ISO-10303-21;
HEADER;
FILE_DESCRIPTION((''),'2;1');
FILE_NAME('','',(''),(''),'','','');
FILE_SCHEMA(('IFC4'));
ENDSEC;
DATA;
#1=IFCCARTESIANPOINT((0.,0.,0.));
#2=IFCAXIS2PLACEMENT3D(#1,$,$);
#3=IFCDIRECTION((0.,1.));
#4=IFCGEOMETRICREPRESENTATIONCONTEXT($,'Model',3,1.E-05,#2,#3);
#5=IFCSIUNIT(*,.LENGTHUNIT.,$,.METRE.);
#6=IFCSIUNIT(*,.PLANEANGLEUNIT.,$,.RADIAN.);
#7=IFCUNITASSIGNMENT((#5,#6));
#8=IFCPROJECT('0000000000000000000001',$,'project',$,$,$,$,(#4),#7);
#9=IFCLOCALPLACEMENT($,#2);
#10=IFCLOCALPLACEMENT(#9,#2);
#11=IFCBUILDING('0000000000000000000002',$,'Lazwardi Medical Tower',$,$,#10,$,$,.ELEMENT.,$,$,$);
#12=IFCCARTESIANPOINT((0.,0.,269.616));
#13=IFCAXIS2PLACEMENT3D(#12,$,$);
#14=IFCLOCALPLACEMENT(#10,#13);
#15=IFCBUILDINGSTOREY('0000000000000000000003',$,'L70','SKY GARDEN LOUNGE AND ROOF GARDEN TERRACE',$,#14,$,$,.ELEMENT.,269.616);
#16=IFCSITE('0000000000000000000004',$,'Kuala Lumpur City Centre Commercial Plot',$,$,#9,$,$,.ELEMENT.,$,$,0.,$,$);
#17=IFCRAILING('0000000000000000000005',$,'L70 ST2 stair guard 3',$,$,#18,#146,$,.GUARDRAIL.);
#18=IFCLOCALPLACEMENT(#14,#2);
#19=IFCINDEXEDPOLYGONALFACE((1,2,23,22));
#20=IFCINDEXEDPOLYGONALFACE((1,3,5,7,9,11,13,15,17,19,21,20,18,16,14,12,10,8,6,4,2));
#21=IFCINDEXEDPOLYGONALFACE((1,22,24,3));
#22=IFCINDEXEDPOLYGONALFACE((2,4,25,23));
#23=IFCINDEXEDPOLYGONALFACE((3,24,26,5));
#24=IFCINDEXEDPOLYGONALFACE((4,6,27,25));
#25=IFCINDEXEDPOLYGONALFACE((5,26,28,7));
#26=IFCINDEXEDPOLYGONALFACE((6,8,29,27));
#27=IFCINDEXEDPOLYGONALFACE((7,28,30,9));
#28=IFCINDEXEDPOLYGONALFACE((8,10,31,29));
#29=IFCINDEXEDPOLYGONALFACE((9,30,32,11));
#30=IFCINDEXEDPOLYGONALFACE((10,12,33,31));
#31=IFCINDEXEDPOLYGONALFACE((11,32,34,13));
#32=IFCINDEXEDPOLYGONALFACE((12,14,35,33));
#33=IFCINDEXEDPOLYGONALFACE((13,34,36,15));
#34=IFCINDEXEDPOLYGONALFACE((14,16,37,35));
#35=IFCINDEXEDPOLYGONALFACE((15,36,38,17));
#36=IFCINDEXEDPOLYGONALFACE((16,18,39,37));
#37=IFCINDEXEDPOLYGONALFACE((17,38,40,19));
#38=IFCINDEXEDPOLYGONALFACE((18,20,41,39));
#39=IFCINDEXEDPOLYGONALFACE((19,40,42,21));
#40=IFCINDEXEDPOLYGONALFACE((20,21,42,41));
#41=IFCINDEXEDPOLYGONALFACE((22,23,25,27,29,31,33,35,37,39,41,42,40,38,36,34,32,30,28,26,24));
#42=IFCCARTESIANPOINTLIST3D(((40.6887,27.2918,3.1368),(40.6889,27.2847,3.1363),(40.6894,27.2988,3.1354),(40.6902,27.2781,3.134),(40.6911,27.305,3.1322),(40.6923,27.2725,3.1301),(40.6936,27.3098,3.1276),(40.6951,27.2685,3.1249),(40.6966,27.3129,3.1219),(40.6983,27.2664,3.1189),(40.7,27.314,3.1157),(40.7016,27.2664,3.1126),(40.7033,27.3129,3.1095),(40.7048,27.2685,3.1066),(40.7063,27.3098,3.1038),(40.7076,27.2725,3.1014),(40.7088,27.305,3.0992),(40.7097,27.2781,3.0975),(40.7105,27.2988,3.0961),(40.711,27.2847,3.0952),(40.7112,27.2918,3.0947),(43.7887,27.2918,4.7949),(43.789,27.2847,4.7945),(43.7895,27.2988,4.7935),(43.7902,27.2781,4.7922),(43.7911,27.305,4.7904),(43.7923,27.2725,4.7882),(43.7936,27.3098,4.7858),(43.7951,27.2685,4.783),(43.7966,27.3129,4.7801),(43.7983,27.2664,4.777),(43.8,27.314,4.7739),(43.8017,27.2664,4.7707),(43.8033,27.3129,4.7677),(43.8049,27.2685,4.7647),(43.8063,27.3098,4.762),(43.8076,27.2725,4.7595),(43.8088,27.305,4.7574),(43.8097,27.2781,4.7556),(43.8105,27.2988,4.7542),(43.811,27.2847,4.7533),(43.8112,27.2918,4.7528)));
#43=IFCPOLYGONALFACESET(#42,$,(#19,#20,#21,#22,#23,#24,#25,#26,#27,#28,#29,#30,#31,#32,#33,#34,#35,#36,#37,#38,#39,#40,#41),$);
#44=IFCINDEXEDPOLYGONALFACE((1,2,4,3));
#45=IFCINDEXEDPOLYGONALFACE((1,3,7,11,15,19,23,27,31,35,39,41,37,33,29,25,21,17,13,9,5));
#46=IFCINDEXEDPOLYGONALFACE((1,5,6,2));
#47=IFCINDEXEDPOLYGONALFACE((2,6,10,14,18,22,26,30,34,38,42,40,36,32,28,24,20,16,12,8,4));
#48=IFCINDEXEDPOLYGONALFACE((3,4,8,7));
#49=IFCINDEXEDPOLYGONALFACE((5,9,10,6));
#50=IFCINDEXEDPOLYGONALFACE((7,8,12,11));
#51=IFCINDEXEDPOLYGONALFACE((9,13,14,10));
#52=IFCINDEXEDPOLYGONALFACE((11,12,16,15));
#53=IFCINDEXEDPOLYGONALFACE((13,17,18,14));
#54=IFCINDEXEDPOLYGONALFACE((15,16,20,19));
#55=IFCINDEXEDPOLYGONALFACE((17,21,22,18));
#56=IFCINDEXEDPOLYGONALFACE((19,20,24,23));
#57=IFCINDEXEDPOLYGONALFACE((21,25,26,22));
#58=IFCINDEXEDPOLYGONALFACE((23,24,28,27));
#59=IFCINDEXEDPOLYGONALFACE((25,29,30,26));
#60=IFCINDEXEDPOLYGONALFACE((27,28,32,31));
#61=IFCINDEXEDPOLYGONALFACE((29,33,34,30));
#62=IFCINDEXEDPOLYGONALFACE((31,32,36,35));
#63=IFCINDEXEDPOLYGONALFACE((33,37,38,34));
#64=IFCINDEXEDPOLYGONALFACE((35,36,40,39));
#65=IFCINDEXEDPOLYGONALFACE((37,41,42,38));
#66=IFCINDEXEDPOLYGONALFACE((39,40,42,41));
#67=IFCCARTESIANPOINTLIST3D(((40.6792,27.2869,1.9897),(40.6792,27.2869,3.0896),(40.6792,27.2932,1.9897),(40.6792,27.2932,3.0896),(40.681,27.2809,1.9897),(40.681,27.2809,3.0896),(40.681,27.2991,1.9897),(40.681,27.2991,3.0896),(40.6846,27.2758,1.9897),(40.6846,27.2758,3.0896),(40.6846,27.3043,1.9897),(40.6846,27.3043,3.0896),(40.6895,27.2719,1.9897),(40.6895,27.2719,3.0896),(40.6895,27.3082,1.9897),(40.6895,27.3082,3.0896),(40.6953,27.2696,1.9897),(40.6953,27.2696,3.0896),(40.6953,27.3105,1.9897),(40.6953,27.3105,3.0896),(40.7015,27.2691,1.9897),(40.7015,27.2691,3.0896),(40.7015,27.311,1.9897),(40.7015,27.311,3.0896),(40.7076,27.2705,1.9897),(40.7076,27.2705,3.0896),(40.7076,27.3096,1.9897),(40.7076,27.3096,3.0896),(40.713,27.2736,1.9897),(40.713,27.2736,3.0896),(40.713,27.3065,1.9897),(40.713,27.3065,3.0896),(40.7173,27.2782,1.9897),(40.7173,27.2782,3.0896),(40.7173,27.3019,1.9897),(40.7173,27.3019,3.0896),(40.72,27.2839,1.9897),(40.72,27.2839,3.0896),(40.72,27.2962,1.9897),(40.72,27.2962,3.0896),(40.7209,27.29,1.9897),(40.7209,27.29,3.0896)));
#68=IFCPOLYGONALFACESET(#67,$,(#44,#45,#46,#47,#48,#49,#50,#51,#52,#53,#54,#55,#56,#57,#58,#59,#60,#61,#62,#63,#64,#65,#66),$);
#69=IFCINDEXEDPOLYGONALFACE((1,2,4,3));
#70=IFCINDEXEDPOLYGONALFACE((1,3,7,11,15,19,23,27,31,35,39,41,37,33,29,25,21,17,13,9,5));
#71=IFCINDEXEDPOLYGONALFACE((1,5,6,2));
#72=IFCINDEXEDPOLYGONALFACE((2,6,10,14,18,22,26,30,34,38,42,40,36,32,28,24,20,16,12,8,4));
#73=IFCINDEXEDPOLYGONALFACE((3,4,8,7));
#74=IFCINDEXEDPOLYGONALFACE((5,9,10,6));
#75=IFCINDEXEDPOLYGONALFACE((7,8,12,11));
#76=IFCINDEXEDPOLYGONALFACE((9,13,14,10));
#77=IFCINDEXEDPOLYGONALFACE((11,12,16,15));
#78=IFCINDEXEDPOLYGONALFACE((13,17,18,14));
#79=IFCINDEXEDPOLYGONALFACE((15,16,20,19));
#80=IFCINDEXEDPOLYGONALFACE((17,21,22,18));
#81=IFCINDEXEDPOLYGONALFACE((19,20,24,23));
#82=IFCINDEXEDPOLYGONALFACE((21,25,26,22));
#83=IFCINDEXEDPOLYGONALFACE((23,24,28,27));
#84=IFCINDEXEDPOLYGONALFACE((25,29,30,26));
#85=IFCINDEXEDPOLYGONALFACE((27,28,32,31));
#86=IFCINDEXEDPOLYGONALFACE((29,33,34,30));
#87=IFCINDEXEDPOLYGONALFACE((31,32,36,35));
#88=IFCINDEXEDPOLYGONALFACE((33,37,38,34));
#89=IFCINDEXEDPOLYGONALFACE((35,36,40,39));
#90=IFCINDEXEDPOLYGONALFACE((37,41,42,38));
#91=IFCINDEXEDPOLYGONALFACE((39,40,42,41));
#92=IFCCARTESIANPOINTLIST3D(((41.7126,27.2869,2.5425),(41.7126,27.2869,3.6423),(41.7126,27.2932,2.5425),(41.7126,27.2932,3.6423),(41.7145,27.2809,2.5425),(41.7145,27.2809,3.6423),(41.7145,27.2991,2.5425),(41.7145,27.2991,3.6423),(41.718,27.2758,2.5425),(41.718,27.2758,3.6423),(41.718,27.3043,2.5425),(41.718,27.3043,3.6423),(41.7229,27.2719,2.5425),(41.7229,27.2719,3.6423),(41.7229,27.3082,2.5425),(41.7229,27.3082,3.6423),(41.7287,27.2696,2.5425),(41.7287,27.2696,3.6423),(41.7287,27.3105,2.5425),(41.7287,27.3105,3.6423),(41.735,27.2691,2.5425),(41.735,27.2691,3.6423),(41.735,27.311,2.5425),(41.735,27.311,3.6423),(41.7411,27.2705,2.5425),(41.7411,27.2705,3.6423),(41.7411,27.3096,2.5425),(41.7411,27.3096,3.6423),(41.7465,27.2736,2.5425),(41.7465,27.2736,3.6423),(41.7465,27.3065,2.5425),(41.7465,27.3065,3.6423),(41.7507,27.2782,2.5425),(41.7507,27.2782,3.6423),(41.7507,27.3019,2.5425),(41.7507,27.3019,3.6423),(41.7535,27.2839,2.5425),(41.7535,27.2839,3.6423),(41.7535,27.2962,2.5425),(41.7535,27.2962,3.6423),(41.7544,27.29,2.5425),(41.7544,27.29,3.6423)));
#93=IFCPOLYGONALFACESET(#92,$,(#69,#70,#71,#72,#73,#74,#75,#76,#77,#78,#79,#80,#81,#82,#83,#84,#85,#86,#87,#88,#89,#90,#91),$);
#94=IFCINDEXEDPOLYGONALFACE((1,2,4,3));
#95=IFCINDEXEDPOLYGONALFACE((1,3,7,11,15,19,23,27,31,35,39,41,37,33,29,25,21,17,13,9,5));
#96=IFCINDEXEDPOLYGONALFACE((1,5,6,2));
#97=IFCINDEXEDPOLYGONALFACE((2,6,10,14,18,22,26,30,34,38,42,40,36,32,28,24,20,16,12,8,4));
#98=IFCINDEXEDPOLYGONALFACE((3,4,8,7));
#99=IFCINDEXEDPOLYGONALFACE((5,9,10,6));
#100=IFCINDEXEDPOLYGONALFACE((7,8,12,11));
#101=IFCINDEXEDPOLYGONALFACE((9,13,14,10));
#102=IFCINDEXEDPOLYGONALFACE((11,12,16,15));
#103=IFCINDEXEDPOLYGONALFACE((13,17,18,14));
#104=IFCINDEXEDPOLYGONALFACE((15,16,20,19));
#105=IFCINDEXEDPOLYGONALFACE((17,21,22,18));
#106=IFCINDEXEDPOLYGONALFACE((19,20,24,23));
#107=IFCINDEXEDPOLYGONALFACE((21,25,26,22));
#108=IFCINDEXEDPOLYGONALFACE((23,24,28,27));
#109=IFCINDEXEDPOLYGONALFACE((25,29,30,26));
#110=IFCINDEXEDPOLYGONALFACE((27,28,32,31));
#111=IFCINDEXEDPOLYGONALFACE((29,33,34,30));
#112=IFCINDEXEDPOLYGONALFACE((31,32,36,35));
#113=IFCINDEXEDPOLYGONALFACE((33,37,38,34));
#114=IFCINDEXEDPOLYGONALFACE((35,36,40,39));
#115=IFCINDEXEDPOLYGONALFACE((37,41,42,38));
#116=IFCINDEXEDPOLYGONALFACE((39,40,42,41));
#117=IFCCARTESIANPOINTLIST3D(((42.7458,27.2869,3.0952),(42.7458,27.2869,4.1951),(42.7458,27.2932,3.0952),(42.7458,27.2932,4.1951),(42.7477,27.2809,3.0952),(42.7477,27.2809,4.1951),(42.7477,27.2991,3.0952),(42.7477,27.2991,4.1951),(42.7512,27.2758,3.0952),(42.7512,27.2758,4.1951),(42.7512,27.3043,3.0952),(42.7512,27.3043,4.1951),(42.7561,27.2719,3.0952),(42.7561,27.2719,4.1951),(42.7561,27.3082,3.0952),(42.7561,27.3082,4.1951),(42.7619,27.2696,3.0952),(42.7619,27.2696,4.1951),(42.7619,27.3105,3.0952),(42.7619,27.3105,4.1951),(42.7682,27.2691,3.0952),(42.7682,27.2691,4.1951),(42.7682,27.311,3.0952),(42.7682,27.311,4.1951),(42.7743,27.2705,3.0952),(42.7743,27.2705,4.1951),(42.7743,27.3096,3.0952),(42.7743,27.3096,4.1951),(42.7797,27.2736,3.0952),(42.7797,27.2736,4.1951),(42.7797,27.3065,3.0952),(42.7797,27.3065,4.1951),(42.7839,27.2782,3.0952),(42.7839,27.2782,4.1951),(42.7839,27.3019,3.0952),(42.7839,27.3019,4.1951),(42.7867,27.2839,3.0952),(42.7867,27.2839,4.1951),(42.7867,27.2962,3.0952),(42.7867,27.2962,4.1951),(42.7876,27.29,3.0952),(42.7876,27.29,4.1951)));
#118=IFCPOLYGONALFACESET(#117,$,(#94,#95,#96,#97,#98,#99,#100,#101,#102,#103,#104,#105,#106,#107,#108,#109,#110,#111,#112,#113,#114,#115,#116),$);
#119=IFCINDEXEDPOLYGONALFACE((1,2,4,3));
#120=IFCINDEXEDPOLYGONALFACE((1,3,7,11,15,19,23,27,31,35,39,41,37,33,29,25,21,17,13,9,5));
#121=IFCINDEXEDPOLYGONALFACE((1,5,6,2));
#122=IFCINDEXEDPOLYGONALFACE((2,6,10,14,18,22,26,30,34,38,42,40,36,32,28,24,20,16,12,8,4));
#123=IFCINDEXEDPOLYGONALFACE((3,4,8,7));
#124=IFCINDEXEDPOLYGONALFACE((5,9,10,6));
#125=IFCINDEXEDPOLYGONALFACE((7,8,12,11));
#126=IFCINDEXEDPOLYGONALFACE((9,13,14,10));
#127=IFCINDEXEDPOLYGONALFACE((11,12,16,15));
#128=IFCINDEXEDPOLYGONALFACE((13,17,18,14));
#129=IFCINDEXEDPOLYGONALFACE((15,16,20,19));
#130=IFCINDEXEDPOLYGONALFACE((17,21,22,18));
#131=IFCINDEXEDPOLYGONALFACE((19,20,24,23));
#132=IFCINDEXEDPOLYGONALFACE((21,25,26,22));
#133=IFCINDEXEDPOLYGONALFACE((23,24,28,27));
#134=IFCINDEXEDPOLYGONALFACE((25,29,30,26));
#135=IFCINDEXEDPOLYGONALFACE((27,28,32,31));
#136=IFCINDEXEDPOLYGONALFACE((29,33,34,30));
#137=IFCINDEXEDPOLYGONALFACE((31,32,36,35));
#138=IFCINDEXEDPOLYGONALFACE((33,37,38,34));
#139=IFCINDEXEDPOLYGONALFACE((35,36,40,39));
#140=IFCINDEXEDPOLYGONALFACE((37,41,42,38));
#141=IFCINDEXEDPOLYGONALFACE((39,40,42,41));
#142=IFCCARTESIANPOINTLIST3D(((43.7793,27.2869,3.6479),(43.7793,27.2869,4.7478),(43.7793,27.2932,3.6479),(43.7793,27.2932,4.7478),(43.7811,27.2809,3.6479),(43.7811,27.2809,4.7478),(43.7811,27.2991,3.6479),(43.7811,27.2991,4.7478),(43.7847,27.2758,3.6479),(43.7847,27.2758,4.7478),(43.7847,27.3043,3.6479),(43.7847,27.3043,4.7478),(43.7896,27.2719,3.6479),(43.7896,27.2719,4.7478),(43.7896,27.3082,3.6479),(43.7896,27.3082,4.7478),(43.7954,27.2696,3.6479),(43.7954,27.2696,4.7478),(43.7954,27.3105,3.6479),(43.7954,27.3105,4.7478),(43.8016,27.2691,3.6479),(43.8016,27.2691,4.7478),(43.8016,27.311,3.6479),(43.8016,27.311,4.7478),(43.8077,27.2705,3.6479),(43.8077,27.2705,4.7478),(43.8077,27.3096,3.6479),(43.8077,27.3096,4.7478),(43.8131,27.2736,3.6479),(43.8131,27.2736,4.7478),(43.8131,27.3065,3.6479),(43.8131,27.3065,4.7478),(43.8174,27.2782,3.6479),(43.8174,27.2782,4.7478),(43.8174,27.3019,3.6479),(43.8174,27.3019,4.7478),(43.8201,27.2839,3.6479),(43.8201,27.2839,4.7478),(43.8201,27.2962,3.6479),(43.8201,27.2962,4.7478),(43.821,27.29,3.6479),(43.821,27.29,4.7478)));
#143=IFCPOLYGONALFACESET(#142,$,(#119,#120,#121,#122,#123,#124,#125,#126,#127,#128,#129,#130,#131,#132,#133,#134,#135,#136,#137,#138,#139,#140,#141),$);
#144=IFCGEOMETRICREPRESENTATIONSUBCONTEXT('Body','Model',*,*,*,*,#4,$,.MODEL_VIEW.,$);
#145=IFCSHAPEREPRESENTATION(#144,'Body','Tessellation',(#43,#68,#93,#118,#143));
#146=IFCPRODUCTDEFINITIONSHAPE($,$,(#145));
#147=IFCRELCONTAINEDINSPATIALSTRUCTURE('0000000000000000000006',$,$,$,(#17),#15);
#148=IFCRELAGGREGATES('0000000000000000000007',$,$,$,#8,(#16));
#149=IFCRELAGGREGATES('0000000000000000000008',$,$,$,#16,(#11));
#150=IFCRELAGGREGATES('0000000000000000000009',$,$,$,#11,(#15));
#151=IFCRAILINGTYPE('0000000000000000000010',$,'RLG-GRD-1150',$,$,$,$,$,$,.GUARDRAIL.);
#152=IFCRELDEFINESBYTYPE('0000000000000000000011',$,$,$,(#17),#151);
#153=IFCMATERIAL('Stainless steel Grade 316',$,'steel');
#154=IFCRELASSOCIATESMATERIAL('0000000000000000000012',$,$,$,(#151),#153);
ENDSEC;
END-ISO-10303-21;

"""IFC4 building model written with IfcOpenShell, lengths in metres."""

from ifc_helpers import new_model, si_unit, direction, frame, origin, origin_2d, place, context, subcontext, project, spatial, circle, extrude, material, type_object, element, save


model = new_model("IFC4")

# Units and contexts
model_context = context("Model", 3, precision=1e-05, world=origin(), true_north=direction((0.0, 1.0)))
body_context = subcontext(model_context, "Body", "Model", "MODEL_VIEW")
ifc_project = project(units=[si_unit("LENGTHUNIT", "METRE"), si_unit("PLANEANGLEUNIT", "RADIAN")], contexts=[model_context])

# Site, building, storey
site_placement = place(None, origin())
site = spatial("IfcSite", under=ifc_project, at=site_placement, Name="Kuala Lumpur City Centre Commercial Plot", CompositionType="ELEMENT", RefElevation=0.0)
building_placement = place(site_placement, origin())
building = spatial("IfcBuilding", under=site, at=building_placement, Name="Lazwardi Medical Tower", CompositionType="ELEMENT")
storey_placement = place(building_placement, frame((0.0, 0.0, 269.616)))
storey = spatial("IfcBuildingStorey", under=building, at=storey_placement, Name="L70", Description="SKY GARDEN LOUNGE AND ROOF GARDEN TERRACE", CompositionType="ELEMENT", Elevation=269.616)

# Railing
ifc_material_1 = material(Name="Stainless steel Grade 316", Category="steel")
railing_type_1 = type_object("IfcRailingType", Name="RLG-GRD-1150", PredefinedType="GUARDRAIL", material=ifc_material_1)
railing_1_placement = place(storey_placement, frame((40.7, 27.29, 1.9897)))
element("IfcRailing", 1, at=railing_1_placement, inside=storey, type_object=railing_type_1, Name="L70 ST2 stair guard 3", PredefinedType="GUARDRAIL", context=body_context, shape_type="SweptSolid", body=[
    extrude(circle(Radius=0.0239, at=origin_2d()), frame((0.0, 0.0, 1.126), z_axis=(0.881783, 0.0, 0.471655), x_axis=(0.0, 1.0, 0.0)), (0.0, 0.0, 1.0), 3.5156),
    extrude(circle(Radius=0.021, at=origin_2d()), origin(), (0.0, 0.0, 1.0), 1.0999),
    extrude(circle(Radius=0.021, at=origin_2d()), frame((1.0334, 0.0, 0.5527)), (0.0, 0.0, 1.0), 1.0999),
    extrude(circle(Radius=0.021, at=origin_2d()), frame((2.0667, 0.0, 1.1055)), (0.0, 0.0, 1.0), 1.0999),
    extrude(circle(Radius=0.021, at=origin_2d()), frame((3.1001, 0.0, 1.6582)), (0.0, 0.0, 1.0), 1.0999),
])

save(model, "model.ifc")
